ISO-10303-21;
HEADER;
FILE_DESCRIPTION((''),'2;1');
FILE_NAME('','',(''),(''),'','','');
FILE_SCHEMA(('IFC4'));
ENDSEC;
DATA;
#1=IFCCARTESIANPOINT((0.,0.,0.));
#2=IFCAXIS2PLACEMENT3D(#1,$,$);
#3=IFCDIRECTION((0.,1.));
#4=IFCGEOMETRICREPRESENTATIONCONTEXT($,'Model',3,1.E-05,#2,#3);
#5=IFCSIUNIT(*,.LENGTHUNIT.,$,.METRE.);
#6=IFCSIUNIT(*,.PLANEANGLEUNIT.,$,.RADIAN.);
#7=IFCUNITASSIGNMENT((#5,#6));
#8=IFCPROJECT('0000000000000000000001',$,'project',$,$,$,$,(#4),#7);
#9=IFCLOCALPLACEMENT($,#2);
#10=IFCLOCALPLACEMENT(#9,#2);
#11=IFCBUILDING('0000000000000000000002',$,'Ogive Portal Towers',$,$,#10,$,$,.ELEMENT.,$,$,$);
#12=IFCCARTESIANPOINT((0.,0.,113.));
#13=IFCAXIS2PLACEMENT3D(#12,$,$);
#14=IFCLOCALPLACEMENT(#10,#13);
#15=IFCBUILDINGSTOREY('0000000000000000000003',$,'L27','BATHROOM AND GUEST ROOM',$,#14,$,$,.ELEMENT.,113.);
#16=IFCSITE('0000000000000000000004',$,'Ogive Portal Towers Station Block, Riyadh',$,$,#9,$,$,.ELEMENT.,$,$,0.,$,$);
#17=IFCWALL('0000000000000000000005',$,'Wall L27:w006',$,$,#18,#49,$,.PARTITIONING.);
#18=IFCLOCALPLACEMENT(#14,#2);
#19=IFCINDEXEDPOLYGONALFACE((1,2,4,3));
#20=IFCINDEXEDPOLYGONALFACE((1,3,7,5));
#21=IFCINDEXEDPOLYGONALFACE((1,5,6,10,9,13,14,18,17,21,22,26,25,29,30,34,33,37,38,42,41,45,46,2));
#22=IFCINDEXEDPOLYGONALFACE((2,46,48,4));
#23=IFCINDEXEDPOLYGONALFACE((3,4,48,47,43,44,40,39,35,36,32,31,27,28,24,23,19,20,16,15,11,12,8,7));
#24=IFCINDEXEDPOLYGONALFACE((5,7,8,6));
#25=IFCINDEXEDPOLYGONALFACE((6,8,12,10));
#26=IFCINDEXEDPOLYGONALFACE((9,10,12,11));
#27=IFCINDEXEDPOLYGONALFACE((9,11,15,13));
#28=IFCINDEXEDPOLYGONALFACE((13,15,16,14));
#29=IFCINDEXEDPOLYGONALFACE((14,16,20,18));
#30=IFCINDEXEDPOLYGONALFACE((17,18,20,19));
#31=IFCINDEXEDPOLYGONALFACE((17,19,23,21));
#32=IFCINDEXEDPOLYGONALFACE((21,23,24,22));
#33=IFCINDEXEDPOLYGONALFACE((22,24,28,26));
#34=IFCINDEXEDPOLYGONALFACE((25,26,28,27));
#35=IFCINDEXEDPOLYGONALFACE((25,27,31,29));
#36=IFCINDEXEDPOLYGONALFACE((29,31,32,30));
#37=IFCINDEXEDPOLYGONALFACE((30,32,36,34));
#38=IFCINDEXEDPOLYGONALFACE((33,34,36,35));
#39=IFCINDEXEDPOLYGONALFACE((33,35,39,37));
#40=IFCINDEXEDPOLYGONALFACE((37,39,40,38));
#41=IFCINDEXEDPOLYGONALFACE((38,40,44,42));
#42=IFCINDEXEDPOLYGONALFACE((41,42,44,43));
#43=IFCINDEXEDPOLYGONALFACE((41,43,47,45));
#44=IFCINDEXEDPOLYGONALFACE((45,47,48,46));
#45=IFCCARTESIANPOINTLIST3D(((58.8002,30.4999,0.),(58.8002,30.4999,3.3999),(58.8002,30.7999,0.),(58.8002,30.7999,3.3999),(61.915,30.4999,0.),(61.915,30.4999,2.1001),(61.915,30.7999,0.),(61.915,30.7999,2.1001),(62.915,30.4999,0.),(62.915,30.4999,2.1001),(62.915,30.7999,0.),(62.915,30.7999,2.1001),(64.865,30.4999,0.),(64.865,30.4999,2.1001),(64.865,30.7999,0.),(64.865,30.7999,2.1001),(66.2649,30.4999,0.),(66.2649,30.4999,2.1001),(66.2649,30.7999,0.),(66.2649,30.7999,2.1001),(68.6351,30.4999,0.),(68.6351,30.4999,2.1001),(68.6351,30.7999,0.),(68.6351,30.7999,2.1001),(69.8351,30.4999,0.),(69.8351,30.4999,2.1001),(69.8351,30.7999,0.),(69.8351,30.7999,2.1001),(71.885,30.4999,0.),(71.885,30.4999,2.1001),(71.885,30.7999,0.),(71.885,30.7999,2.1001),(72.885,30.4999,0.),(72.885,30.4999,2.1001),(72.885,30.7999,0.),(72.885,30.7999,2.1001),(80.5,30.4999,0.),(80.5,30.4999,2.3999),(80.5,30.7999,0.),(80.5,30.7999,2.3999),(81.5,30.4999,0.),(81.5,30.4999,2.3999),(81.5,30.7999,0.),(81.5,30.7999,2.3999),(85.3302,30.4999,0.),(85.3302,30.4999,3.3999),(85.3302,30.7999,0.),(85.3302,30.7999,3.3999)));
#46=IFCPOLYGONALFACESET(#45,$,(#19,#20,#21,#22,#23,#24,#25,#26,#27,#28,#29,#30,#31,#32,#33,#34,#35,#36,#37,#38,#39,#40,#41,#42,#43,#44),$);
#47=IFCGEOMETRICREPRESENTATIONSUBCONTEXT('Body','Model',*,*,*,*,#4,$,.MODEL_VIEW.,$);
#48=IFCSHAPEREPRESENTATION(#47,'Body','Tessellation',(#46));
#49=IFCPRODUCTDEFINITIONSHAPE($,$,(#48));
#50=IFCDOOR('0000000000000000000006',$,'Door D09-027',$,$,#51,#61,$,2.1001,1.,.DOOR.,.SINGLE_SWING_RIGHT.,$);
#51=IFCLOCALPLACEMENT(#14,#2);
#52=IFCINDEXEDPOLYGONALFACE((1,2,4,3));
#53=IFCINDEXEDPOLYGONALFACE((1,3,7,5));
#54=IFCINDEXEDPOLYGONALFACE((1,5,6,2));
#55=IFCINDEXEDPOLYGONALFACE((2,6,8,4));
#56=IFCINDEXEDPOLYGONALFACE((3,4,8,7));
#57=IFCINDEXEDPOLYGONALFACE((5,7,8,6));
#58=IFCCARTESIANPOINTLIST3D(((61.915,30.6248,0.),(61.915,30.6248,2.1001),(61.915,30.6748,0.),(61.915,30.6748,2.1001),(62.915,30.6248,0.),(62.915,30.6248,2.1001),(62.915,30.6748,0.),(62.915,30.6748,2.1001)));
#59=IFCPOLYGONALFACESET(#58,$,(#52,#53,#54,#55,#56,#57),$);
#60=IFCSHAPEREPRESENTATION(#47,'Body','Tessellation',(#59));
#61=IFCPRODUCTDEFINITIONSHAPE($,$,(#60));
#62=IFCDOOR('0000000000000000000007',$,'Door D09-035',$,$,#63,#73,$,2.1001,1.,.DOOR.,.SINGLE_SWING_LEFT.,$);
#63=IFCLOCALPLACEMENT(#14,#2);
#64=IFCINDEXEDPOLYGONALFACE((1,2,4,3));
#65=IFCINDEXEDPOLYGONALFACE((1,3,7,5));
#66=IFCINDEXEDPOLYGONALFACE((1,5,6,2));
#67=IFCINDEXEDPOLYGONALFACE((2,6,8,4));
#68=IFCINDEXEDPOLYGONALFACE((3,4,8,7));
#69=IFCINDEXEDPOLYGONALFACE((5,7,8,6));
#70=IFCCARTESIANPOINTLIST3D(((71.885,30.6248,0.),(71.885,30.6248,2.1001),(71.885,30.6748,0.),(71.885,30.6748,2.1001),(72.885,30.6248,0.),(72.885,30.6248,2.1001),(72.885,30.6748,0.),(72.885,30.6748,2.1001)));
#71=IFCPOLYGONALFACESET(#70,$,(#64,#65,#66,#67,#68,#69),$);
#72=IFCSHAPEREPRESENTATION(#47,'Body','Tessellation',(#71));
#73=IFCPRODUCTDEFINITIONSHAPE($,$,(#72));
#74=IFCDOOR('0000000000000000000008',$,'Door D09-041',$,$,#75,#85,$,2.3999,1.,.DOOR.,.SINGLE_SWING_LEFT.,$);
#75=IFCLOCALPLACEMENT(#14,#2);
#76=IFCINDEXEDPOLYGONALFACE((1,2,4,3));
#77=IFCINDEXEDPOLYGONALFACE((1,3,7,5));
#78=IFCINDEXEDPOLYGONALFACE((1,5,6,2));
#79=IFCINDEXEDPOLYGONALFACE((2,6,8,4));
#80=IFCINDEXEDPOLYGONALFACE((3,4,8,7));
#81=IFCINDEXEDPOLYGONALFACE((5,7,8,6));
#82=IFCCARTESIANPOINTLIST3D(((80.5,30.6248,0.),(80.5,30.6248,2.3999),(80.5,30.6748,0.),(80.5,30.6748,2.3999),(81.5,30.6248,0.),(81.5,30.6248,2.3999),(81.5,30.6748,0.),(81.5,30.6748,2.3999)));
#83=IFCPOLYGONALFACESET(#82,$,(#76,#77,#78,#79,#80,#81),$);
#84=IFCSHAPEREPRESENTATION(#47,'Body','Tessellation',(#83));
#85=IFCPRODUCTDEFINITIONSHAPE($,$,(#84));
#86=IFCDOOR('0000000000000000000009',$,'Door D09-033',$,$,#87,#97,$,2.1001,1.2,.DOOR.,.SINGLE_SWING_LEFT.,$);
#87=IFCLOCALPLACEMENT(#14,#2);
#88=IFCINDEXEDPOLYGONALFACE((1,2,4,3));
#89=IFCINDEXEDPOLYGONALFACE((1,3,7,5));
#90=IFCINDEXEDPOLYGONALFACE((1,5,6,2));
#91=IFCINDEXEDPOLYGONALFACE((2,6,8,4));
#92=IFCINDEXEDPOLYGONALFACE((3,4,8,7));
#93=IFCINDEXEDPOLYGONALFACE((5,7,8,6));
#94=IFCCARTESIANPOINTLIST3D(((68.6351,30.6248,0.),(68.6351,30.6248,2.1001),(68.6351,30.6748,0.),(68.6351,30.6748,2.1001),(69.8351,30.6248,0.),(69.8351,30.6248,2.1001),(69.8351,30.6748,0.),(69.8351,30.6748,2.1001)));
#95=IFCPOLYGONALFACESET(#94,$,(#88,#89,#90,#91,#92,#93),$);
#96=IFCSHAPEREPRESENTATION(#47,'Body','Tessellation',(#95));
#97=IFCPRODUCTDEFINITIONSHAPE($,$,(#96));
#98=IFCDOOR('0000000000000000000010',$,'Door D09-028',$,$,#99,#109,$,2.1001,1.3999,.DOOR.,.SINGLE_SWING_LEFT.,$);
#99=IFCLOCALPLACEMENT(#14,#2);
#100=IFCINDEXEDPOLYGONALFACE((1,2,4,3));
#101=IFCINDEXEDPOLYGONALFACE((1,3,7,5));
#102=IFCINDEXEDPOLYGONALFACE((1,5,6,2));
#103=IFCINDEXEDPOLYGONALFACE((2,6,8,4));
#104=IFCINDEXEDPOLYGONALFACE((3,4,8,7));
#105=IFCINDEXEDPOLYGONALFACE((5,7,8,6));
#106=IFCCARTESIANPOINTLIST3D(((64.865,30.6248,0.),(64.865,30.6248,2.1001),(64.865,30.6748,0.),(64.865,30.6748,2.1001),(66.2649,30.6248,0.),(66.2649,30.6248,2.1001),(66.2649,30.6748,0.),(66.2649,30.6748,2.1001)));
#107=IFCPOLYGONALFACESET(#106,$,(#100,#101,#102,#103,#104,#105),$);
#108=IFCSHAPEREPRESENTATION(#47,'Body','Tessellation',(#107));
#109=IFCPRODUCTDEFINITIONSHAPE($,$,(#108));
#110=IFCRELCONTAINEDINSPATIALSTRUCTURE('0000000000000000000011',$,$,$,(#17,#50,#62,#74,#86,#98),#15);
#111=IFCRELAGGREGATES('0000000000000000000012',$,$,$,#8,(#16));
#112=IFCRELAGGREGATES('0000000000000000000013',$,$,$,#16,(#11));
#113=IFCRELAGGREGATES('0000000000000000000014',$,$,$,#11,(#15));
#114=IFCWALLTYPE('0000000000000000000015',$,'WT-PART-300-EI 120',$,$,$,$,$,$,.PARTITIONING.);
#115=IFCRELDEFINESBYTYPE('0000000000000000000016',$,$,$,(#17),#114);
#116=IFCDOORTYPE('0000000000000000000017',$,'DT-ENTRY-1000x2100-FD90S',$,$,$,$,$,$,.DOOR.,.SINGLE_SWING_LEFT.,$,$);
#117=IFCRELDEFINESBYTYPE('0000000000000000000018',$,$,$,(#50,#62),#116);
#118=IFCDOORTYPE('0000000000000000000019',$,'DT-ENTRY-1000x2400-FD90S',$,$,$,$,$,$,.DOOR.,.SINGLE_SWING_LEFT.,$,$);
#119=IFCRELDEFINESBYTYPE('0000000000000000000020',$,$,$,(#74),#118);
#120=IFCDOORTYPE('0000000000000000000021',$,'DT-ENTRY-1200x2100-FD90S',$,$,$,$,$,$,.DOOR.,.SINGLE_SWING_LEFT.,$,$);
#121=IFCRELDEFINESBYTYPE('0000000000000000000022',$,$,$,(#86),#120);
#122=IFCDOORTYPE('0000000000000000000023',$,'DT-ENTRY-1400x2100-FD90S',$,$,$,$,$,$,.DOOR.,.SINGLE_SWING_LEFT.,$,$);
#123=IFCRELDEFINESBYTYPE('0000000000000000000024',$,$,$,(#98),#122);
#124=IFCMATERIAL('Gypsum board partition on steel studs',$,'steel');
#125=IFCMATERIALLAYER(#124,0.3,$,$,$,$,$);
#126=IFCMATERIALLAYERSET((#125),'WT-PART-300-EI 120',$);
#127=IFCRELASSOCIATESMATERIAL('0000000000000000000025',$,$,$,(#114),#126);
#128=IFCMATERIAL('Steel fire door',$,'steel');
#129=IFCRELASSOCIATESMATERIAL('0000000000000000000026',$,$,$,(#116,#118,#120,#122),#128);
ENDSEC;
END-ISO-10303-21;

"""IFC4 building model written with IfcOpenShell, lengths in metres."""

from ifc_helpers import new_model, si_unit, direction, frame, frame_2d, origin, place, context, subcontext, project, spatial, rectangle, extrude, material, layer, layer_set, type_object, element, fill, save


model = new_model("IFC4")

# Units and contexts
model_context = context("Model", 3, precision=1e-05, world=origin(), true_north=direction((0.0, 1.0)))
body_context = subcontext(model_context, "Body", "Model", "MODEL_VIEW")
ifc_project = project(units=[si_unit("LENGTHUNIT", "METRE"), si_unit("PLANEANGLEUNIT", "RADIAN")], contexts=[model_context])

# Site, building, storey
site_placement = place(None, origin())
site = spatial("IfcSite", under=ifc_project, at=site_placement, Name="Ogive Portal Towers Station Block, Riyadh", CompositionType="ELEMENT", RefElevation=0.0)
building_placement = place(site_placement, origin())
building = spatial("IfcBuilding", under=site, at=building_placement, Name="Ogive Portal Towers", CompositionType="ELEMENT")
storey_placement = place(building_placement, frame((0.0, 0.0, 113.0)))
storey = spatial("IfcBuildingStorey", under=building, at=storey_placement, Name="L27", Description="BATHROOM AND GUEST ROOM", CompositionType="ELEMENT", Elevation=113.0)

# Shared definitions
ifc_material_1 = material(Name="Steel fire door", Category="steel")

# Wall, openings, doors
ifc_material_2 = material(Name="Gypsum board partition on steel studs", Category="steel")
ifc_layer_1 = layer(ifc_material_2, 0.3)
ifc_layer_set_1 = layer_set([ifc_layer_1], Name="WT-PART-300-EI 120")
wall_type_1 = type_object("IfcWallType", Name="WT-PART-300-EI 120", PredefinedType="PARTITIONING", material=ifc_layer_set_1)
wall_1_placement = place(storey_placement, frame((58.8, 30.6499, 0.0), z_axis=(0.0, 0.0, 1.0), x_axis=(1.0, 0.0, 0.0)))
wall_1 = element("IfcWall", 1, at=wall_1_placement, inside=storey, type_object=wall_type_1, Name="Wall L27:w006", PredefinedType="PARTITIONING", context=body_context, shape_type="SweptSolid", body=[
    extrude(rectangle(XDim=26.53, YDim=0.3, at=frame_2d((13.2651, 0.0))), origin(), (0.0, 0.0, 1.0), 3.3999),
])
opening_1_placement = place(wall_1_placement, frame((3.115, 0.0, 0.0)))
opening_1 = element("IfcOpeningElement", 2, at=opening_1_placement, cuts=wall_1, PredefinedType="OPENING", context=body_context, shape_type="SweptSolid", body=[
    extrude(rectangle(XDim=1.0, YDim=2.1001, at=frame_2d((0.5, 1.05))), frame((0.0, 0.1602, 0.0), z_axis=(0.0, -1.0, 0.0), x_axis=(1.0, 0.0, 0.0)), (0.0, 0.0, 1.0), 0.3201),
])
opening_2_placement = place(wall_1_placement, frame((6.0649, 0.0, 0.0)))
opening_2 = element("IfcOpeningElement", 3, at=opening_2_placement, cuts=wall_1, PredefinedType="OPENING", context=body_context, shape_type="SweptSolid", body=[
    extrude(rectangle(XDim=1.3999, YDim=2.1001, at=frame_2d((0.7, 1.05))), frame((0.0, 0.1602, 0.0), z_axis=(0.0, -1.0, 0.0), x_axis=(1.0, 0.0, 0.0)), (0.0, 0.0, 1.0), 0.3201),
])
opening_3_placement = place(wall_1_placement, frame((9.835, 0.0, 0.0)))
opening_3 = element("IfcOpeningElement", 4, at=opening_3_placement, cuts=wall_1, PredefinedType="OPENING", context=body_context, shape_type="SweptSolid", body=[
    extrude(rectangle(XDim=1.2, YDim=2.1001, at=frame_2d((0.6001, 1.05))), frame((0.0, 0.1602, 0.0), z_axis=(0.0, -1.0, 0.0), x_axis=(1.0, 0.0, 0.0)), (0.0, 0.0, 1.0), 0.3201),
])
opening_4_placement = place(wall_1_placement, frame((13.085, 0.0, 0.0)))
opening_4 = element("IfcOpeningElement", 5, at=opening_4_placement, cuts=wall_1, PredefinedType="OPENING", context=body_context, shape_type="SweptSolid", body=[
    extrude(rectangle(XDim=1.0, YDim=2.1001, at=frame_2d((0.5, 1.05))), frame((0.0, 0.1602, 0.0), z_axis=(0.0, -1.0, 0.0), x_axis=(1.0, 0.0, 0.0)), (0.0, 0.0, 1.0), 0.3201),
])
opening_5_placement = place(wall_1_placement, frame((21.7, 0.0, 0.0)))
opening_5 = element("IfcOpeningElement", 6, at=opening_5_placement, cuts=wall_1, PredefinedType="OPENING", context=body_context, shape_type="SweptSolid", body=[
    extrude(rectangle(XDim=1.0, YDim=2.3999, at=frame_2d((0.5, 1.2))), frame((0.0, 0.1602, 0.0), z_axis=(0.0, -1.0, 0.0), x_axis=(1.0, 0.0, 0.0)), (0.0, 0.0, 1.0), 0.3201),
])
door_type_1 = type_object("IfcDoorType", Name="DT-ENTRY-1000x2100-FD90S", OperationType="SINGLE_SWING_LEFT", PredefinedType="DOOR", material=ifc_material_1)
door_1_placement = place(opening_1_placement, origin())
door_1 = element("IfcDoor", 7, at=door_1_placement, inside=storey, type_object=door_type_1, Name="Door D09-027", OperationType="SINGLE_SWING_RIGHT", OverallHeight=2.1001, OverallWidth=1.0, PredefinedType="DOOR", context=body_context, shape_type="SweptSolid", body=[
    extrude(rectangle(XDim=1.0, YDim=2.1001, at=frame_2d((0.5, 1.05))), frame((0.0, 0.0249, 0.0), z_axis=(0.0, -1.0, 0.0), x_axis=(1.0, 0.0, 0.0)), (0.0, 0.0, 1.0), 0.05),
])
fill(opening_1, door_1)
door_2_placement = place(opening_4_placement, origin())
door_2 = element("IfcDoor", 8, at=door_2_placement, inside=storey, type_object=door_type_1, Name="Door D09-035", OperationType="SINGLE_SWING_LEFT", OverallHeight=2.1001, OverallWidth=1.0, PredefinedType="DOOR", context=body_context, shape_type="SweptSolid", body=[
    extrude(rectangle(XDim=1.0, YDim=2.1001, at=frame_2d((0.5, 1.05))), frame((0.0, 0.0249, 0.0), z_axis=(0.0, -1.0, 0.0), x_axis=(1.0, 0.0, 0.0)), (0.0, 0.0, 1.0), 0.05),
])
fill(opening_4, door_2)
door_type_2 = type_object("IfcDoorType", Name="DT-ENTRY-1000x2400-FD90S", OperationType="SINGLE_SWING_LEFT", PredefinedType="DOOR", material=ifc_material_1)
door_3_placement = place(opening_5_placement, origin())
door_3 = element("IfcDoor", 9, at=door_3_placement, inside=storey, type_object=door_type_2, Name="Door D09-041", OperationType="SINGLE_SWING_LEFT", OverallHeight=2.3999, OverallWidth=1.0, PredefinedType="DOOR", context=body_context, shape_type="SweptSolid", body=[
    extrude(rectangle(XDim=1.0, YDim=2.3999, at=frame_2d((0.5, 1.2))), frame((0.0, 0.0249, 0.0), z_axis=(0.0, -1.0, 0.0), x_axis=(1.0, 0.0, 0.0)), (0.0, 0.0, 1.0), 0.05),
])
fill(opening_5, door_3)
door_type_3 = type_object("IfcDoorType", Name="DT-ENTRY-1200x2100-FD90S", OperationType="SINGLE_SWING_LEFT", PredefinedType="DOOR", material=ifc_material_1)
door_4_placement = place(opening_3_placement, origin())
door_4 = element("IfcDoor", 10, at=door_4_placement, inside=storey, type_object=door_type_3, Name="Door D09-033", OperationType="SINGLE_SWING_LEFT", OverallHeight=2.1001, OverallWidth=1.2, PredefinedType="DOOR", context=body_context, shape_type="SweptSolid", body=[
    extrude(rectangle(XDim=1.2, YDim=2.1001, at=frame_2d((0.6001, 1.05))), frame((0.0, 0.0249, 0.0), z_axis=(0.0, -1.0, 0.0), x_axis=(1.0, 0.0, 0.0)), (0.0, 0.0, 1.0), 0.05),
])
fill(opening_3, door_4)
door_type_4 = type_object("IfcDoorType", Name="DT-ENTRY-1400x2100-FD90S", OperationType="SINGLE_SWING_LEFT", PredefinedType="DOOR", material=ifc_material_1)
door_5_placement = place(opening_2_placement, origin())
door_5 = element("IfcDoor", 11, at=door_5_placement, inside=storey, type_object=door_type_4, Name="Door D09-028", OperationType="SINGLE_SWING_LEFT", OverallHeight=2.1001, OverallWidth=1.3999, PredefinedType="DOOR", context=body_context, shape_type="SweptSolid", body=[
    extrude(rectangle(XDim=1.3999, YDim=2.1001, at=frame_2d((0.7, 1.05))), frame((0.0, 0.0249, 0.0), z_axis=(0.0, -1.0, 0.0), x_axis=(1.0, 0.0, 0.0)), (0.0, 0.0, 1.0), 0.05),
])
fill(opening_2, door_5)

save(model, "model.ifc")
